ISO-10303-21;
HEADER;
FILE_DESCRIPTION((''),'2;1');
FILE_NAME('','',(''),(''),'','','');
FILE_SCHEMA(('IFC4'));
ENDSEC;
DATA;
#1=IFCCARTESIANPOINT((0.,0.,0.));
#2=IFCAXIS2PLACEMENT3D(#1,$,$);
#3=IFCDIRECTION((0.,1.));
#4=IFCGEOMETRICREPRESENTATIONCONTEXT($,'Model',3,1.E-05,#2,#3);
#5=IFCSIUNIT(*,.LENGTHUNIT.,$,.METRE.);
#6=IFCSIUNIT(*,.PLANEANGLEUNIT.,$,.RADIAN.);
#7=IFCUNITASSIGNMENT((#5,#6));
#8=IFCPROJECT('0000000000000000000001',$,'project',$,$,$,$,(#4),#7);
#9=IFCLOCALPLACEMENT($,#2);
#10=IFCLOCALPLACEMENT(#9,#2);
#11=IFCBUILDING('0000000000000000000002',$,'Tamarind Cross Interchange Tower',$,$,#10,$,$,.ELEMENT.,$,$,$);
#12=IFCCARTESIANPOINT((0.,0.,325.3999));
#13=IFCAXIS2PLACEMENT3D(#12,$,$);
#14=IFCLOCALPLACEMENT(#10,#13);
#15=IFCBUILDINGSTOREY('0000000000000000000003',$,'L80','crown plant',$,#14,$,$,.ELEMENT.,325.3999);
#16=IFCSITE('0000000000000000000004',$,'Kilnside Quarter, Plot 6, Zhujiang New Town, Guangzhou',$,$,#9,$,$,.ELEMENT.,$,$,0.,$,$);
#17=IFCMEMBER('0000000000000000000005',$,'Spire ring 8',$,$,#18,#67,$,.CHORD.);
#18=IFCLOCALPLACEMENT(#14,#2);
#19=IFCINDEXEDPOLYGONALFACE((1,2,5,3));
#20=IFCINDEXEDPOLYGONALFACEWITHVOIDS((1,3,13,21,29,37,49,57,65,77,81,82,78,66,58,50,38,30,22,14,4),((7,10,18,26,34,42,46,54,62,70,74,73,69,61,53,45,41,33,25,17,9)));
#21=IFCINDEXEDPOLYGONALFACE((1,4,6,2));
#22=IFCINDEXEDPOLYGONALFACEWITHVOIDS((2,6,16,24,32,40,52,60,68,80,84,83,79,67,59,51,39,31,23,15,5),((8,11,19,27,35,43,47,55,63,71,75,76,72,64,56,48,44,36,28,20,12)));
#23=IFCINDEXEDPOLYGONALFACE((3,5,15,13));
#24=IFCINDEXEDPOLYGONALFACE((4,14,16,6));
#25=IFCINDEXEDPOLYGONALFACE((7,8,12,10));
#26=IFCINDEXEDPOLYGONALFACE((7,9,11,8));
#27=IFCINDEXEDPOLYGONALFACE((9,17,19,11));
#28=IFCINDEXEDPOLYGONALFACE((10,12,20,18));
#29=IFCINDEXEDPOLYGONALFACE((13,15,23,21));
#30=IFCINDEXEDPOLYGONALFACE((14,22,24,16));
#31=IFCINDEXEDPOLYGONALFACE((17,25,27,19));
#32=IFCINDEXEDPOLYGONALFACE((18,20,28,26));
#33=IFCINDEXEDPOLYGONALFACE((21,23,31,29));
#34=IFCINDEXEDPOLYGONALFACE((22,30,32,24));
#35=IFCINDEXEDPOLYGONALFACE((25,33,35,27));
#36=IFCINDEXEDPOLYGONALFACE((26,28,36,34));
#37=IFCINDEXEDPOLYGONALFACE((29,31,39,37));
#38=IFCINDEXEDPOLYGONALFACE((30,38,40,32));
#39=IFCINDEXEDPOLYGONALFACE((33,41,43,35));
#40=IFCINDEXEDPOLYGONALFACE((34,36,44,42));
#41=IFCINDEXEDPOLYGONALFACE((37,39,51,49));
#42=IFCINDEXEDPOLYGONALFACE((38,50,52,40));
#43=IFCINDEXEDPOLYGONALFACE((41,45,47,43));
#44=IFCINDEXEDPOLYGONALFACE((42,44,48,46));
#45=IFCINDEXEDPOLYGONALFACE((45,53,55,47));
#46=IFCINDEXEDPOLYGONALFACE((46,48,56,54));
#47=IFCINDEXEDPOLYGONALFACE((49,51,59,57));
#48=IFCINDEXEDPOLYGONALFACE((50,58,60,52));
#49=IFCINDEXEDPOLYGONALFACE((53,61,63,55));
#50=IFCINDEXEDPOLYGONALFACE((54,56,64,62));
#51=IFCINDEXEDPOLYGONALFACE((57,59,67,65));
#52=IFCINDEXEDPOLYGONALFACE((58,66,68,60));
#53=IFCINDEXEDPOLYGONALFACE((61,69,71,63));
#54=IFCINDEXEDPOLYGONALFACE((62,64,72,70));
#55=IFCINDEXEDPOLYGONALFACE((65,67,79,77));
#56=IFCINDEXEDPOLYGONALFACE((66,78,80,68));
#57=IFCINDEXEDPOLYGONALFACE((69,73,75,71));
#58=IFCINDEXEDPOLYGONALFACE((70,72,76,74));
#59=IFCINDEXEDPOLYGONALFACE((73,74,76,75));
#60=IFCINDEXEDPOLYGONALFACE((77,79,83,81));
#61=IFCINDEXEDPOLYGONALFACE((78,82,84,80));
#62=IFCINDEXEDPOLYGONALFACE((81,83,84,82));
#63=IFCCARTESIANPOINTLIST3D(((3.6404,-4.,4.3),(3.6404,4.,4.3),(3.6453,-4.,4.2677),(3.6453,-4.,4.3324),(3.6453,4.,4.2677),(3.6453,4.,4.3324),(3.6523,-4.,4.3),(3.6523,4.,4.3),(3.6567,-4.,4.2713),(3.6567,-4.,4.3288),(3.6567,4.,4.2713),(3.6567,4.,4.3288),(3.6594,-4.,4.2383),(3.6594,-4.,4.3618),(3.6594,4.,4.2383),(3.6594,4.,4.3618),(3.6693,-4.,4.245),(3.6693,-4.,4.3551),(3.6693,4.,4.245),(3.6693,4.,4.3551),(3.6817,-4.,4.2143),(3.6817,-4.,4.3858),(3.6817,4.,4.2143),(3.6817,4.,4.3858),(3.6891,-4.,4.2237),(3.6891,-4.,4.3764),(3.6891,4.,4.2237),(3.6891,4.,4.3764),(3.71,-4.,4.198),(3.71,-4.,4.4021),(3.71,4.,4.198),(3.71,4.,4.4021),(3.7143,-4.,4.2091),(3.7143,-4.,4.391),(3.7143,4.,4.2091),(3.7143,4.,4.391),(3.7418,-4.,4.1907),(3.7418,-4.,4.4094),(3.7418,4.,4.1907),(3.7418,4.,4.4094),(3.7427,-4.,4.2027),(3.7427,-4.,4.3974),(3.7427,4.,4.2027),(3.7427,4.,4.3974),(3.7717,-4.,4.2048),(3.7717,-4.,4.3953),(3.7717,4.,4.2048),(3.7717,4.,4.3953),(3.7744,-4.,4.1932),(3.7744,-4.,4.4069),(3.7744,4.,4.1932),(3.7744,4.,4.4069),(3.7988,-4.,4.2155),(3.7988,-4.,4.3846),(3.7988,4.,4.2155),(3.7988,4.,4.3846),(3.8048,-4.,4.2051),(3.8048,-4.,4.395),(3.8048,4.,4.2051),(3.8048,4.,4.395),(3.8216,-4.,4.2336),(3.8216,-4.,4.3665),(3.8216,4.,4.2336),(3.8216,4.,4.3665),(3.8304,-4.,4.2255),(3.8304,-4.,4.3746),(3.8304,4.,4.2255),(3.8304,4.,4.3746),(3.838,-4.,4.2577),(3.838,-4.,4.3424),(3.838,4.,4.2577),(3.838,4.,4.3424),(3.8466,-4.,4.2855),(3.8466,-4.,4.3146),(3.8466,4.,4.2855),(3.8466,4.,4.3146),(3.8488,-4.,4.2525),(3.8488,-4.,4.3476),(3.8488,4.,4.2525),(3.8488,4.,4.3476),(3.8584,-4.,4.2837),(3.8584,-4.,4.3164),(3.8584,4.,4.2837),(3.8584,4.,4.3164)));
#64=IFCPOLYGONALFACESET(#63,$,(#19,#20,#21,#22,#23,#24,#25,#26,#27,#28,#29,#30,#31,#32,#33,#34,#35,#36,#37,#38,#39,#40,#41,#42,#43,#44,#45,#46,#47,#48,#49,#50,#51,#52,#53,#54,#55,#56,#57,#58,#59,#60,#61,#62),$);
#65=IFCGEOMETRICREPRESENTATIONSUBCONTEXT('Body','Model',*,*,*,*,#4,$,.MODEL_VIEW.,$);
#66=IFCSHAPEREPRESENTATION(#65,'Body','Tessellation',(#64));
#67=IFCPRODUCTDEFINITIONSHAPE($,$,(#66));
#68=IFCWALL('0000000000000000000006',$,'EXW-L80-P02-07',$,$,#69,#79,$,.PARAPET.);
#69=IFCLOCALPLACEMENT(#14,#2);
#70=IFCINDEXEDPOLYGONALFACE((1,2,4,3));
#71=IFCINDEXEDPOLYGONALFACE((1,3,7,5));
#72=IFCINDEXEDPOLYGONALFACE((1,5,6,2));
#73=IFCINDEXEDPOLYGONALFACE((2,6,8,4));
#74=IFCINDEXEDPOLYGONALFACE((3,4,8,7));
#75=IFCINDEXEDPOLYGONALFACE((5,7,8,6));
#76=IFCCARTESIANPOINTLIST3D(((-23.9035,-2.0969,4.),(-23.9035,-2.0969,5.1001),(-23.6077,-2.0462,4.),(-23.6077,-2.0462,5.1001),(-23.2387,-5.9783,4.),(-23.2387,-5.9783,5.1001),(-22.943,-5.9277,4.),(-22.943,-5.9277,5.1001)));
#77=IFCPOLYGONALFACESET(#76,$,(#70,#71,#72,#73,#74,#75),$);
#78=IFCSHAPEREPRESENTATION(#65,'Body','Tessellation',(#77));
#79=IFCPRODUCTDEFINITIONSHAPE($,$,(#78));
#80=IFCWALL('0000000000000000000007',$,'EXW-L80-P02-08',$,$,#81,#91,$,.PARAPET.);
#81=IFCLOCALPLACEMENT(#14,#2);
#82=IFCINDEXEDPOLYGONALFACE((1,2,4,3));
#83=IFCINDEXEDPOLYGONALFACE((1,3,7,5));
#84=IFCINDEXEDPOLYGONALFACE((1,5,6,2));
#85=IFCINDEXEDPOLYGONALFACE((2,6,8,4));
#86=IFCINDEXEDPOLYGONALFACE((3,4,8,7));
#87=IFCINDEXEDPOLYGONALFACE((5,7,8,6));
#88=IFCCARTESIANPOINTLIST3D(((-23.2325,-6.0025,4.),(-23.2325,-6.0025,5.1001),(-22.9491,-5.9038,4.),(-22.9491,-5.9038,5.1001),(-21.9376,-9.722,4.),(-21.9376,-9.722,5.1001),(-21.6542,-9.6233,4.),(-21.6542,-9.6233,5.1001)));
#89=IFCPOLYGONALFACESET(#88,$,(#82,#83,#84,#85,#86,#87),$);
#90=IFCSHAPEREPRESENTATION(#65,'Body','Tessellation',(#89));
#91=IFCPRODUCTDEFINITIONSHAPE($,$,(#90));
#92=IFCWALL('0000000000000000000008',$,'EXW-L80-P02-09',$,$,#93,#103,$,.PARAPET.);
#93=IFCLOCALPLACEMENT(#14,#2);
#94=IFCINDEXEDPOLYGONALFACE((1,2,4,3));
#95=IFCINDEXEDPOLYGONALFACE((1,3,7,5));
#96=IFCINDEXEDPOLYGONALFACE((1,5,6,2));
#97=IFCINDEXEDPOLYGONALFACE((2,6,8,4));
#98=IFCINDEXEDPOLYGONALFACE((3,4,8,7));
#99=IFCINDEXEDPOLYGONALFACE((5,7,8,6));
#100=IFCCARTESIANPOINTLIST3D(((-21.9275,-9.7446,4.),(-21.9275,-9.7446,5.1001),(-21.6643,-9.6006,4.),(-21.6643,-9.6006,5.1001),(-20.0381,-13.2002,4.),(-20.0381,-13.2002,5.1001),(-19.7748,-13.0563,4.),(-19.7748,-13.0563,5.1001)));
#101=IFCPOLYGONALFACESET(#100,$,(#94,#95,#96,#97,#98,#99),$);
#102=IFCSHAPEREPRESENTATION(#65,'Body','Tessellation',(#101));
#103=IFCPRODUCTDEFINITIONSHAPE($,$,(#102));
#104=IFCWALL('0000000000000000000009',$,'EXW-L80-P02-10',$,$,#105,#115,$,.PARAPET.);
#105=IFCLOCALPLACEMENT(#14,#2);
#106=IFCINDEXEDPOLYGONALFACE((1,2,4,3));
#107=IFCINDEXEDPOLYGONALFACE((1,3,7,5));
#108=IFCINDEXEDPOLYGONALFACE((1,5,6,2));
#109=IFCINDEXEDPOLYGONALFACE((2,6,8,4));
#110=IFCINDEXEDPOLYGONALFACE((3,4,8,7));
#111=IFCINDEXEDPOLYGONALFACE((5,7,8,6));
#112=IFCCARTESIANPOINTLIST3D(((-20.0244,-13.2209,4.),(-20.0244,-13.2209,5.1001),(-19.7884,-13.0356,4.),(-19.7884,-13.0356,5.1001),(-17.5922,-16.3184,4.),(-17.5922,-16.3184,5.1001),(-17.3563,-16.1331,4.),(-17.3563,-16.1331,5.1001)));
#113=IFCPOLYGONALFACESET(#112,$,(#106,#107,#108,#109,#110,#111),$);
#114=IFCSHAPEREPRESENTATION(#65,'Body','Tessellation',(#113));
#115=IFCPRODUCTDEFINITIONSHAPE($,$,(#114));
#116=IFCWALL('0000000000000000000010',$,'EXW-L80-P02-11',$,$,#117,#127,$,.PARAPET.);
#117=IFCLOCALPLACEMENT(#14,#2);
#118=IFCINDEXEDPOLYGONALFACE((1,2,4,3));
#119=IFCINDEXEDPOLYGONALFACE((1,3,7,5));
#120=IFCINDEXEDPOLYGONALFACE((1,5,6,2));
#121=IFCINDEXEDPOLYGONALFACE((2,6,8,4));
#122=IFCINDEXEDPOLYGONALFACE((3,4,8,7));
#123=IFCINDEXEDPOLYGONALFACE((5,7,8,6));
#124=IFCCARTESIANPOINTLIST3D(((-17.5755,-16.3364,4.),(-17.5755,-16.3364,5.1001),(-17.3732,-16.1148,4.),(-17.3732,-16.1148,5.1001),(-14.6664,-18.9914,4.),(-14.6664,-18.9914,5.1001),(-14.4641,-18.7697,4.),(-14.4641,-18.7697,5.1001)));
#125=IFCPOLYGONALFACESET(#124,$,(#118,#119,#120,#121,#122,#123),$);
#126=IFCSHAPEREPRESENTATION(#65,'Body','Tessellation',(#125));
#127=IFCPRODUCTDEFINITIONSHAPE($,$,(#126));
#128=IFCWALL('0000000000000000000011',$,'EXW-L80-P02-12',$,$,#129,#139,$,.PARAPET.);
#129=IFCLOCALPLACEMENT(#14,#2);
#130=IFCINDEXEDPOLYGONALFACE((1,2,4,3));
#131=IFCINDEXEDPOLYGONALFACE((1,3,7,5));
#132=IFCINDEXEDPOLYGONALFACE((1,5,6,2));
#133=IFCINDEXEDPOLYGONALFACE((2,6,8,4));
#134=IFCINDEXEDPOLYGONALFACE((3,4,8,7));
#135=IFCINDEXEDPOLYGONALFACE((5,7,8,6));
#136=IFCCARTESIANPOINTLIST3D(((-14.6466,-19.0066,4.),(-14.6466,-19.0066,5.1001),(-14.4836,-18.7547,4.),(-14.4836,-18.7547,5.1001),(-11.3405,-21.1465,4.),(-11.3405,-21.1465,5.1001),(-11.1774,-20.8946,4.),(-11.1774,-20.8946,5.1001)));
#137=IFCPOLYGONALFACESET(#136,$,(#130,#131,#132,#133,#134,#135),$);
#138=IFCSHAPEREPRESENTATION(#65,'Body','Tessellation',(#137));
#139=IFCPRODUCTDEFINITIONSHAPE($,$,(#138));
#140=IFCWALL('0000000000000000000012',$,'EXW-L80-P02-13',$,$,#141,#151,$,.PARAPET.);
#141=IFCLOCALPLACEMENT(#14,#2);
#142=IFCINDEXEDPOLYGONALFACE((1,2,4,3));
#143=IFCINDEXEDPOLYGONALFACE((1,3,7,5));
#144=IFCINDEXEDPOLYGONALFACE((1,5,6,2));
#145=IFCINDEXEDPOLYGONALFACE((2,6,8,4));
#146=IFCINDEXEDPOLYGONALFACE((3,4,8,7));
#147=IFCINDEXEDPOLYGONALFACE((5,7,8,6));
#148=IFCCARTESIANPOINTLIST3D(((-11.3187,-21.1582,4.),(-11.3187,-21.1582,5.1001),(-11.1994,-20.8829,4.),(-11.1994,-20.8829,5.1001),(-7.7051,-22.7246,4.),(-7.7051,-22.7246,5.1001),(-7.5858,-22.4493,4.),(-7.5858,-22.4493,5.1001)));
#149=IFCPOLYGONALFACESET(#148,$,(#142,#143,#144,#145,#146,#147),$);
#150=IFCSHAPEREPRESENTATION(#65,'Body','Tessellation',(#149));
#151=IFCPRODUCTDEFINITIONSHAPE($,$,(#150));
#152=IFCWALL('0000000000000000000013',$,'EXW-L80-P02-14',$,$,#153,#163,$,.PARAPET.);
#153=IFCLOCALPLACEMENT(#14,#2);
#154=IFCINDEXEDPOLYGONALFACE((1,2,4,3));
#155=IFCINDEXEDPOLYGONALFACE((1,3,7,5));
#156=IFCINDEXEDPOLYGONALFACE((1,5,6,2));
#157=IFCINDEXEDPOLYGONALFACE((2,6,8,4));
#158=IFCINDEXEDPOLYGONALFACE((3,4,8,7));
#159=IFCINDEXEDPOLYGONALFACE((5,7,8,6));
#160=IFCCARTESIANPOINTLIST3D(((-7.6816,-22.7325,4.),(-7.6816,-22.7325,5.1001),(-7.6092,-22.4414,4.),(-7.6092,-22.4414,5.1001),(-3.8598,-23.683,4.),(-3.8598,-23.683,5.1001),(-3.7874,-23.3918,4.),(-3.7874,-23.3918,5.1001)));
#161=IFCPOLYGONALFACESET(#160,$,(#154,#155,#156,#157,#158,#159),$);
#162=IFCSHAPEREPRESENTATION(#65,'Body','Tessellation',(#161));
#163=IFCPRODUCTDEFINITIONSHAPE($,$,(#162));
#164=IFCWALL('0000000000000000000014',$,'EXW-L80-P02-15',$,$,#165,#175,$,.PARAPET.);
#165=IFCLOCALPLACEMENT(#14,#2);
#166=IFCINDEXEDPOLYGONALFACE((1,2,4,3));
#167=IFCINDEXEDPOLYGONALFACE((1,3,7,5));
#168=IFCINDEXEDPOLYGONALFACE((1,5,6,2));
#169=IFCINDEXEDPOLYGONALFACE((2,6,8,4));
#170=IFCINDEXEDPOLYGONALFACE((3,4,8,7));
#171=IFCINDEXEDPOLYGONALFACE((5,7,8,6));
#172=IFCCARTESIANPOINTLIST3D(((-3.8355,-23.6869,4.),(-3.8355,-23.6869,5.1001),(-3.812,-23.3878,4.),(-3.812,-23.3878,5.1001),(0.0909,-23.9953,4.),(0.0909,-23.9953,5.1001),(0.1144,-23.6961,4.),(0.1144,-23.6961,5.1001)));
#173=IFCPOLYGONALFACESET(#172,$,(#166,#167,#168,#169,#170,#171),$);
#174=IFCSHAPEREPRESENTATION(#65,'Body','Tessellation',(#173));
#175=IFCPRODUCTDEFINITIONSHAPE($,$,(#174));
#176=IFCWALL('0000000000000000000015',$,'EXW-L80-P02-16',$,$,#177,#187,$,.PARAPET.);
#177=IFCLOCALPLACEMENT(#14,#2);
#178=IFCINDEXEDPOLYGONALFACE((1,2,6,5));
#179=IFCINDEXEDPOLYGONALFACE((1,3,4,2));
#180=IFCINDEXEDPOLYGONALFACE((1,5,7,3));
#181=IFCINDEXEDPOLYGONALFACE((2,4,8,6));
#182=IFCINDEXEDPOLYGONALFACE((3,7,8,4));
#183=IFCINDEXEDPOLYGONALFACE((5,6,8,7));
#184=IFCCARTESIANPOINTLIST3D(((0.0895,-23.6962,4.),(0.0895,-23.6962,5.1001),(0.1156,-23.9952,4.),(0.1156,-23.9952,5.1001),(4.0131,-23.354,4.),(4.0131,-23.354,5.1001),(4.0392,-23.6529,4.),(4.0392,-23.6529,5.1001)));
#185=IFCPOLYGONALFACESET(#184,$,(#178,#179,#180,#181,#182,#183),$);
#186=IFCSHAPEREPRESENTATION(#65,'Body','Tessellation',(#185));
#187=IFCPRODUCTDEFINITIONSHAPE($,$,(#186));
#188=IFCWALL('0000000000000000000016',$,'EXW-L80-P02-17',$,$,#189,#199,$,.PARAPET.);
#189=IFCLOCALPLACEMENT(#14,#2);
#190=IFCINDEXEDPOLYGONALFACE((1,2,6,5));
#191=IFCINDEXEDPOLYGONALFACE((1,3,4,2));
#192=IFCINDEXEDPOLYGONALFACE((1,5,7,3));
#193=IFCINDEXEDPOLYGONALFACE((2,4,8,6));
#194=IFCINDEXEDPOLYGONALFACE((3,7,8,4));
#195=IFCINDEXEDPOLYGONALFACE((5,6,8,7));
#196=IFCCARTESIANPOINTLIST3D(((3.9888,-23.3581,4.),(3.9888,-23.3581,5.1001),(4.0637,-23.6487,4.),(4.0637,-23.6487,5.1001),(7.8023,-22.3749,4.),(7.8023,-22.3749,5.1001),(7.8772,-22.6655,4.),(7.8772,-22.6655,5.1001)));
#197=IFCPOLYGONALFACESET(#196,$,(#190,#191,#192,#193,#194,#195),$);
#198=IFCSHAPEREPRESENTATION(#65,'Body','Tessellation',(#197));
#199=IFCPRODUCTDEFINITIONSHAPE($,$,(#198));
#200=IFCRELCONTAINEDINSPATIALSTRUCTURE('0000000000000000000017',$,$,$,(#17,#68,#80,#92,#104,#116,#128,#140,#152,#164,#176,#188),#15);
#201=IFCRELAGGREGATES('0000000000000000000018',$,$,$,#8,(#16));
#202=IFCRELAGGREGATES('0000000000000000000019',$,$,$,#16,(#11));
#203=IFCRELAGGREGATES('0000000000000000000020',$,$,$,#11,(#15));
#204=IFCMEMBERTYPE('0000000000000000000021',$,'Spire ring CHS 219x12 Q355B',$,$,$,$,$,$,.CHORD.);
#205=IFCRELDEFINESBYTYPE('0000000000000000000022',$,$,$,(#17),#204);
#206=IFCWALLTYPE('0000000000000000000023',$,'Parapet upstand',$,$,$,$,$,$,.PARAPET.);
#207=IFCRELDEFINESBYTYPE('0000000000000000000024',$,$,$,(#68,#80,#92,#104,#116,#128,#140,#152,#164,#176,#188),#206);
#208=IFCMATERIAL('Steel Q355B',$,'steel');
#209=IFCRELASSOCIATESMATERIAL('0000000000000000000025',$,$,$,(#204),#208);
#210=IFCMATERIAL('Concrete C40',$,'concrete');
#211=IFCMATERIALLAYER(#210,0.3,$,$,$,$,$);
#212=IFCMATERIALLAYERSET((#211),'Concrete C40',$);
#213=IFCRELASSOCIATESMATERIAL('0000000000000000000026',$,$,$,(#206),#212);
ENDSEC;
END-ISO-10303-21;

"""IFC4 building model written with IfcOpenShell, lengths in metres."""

from ifc_helpers import new_model, si_unit, direction, frame, frame_2d, origin, origin_2d, place, context, subcontext, project, spatial, rectangle, hollow_circle, extrude, material, layer, layer_set, material_profile, profile_set, type_object, element, save


model = new_model("IFC4")

# Units and contexts
model_context = context("Model", 3, precision=1e-05, world=origin(), true_north=direction((0.0, 1.0)))
body_context = subcontext(model_context, "Body", "Model", "MODEL_VIEW")
ifc_project = project(units=[si_unit("LENGTHUNIT", "METRE"), si_unit("PLANEANGLEUNIT", "RADIAN")], contexts=[model_context])

# Site, building, storey
site_placement = place(None, origin())
site = spatial("IfcSite", under=ifc_project, at=site_placement, Name="Kilnside Quarter, Plot 6, Zhujiang New Town, Guangzhou", CompositionType="ELEMENT", RefElevation=0.0)
building_placement = place(site_placement, origin())
building = spatial("IfcBuilding", under=site, at=building_placement, Name="Tamarind Cross Interchange Tower", CompositionType="ELEMENT")
storey_placement = place(building_placement, frame((0.0, 0.0, 325.3999)))
storey = spatial("IfcBuildingStorey", under=building, at=storey_placement, Name="L80", Description="crown plant", CompositionType="ELEMENT", Elevation=325.3999)

# Member
ifc_material_1 = material(Name="Steel Q355B", Category="steel")
ifc_material_profile_1 = material_profile(ifc_material_1, hollow_circle(Radius=0.1096, WallThickness=0.012, at=origin_2d()), Name="CHS 219x12")
ifc_profile_set_1 = profile_set([ifc_material_profile_1], Name="Steel Q355B")
member_type_1 = type_object("IfcMemberType", Name="Spire ring CHS 219x12 Q355B", PredefinedType="CHORD", material=ifc_profile_set_1)
member_1_placement = place(storey_placement, frame((3.75, -4.0, 4.3), z_axis=(0.0, 1.0, 0.0), x_axis=(-1.0, 0.0, 0.0)))
element("IfcMember", 1, at=member_1_placement, inside=storey, type_object=member_type_1, Name="Spire ring 8", PredefinedType="CHORD", context=body_context, shape_type="SweptSolid", body=[
    extrude(hollow_circle(Radius=0.1096, WallThickness=0.012, at=origin_2d()), origin(), (0.0, 0.0, 1.0), 8.0),
])

# Walls
ifc_material_2 = material(Name="Concrete C40", Category="concrete")
ifc_layer = layer(ifc_material_2, 0.3)
ifc_layer_set = layer_set([ifc_layer], Name="Concrete C40")
wall_type = type_object("IfcWallType", Name="Parapet upstand", PredefinedType="PARAPET", material=ifc_layer_set)
wall_1_placement = place(storey_placement, frame((-23.7556, -2.0715, 4.0), z_axis=(0.0, 0.0, 1.0), x_axis=(0.168811, -0.985648, 0.0)))
element("IfcWall", 2, at=wall_1_placement, inside=storey, type_object=wall_type, Name="EXW-L80-P02-07", PredefinedType="PARAPET", context=body_context, shape_type="SweptSolid", body=[
    extrude(rectangle(XDim=3.938, YDim=0.3, at=frame_2d((1.969, 0.0))), origin(), (0.0, 0.0, 1.0), 1.1001),
])
for number, where, z_axis, x_axis, name in (
    (3, (-23.0908, -5.9531, 4.0), (0.0, 0.0, 1.0), (0.32879, -0.944403, 0.0), "EXW-L80-P02-08"),
    (4, (-21.7959, -9.6726, 4.0), (0.0, 0.0, 1.0), (0.479742, -0.877409, 0.0), "EXW-L80-P02-09"),
):
    element("IfcWall", number, at=place(storey_placement, frame(where, z_axis=z_axis, x_axis=x_axis)), inside=storey, type_object=wall_type, Name=name, PredefinedType="PARAPET", context=body_context, shape_type="SweptSolid", body=[
        extrude(rectangle(XDim=3.9385, YDim=0.3, at=frame_2d((1.9692, 0.0))), origin(), (0.0, 0.0, 1.0), 1.1001),
    ])
wall_2_placement = place(storey_placement, frame((-19.9065, -13.1282, 4.0), z_axis=(0.0, 0.0, 1.0), x_axis=(0.617578, -0.78651, 0.0)))
element("IfcWall", 5, at=wall_2_placement, inside=storey, type_object=wall_type, Name="EXW-L80-P02-10", PredefinedType="PARAPET", context=body_context, shape_type="SweptSolid", body=[
    extrude(rectangle(XDim=3.9382, YDim=0.3, at=frame_2d((1.9692, 0.0))), origin(), (0.0, 0.0, 1.0), 1.1001),
])
wall_3_placement = place(storey_placement, frame((-17.4744, -16.2256, 4.0), z_axis=(0.0, 0.0, 1.0), x_axis=(0.738634, -0.674106, 0.0)))
element("IfcWall", 6, at=wall_3_placement, inside=storey, type_object=wall_type, Name="EXW-L80-P02-11", PredefinedType="PARAPET", context=body_context, shape_type="SweptSolid", body=[
    extrude(rectangle(XDim=3.9385, YDim=0.3, at=frame_2d((1.9692, 0.0))), origin(), (0.0, 0.0, 1.0), 1.1001),
])
wall_4_placement = place(storey_placement, frame((-14.5652, -18.8806, 4.0), z_axis=(0.0, 0.0, 1.0), x_axis=(0.839499, -0.543362, 0.0)))
element("IfcWall", 7, at=wall_4_placement, inside=storey, type_object=wall_type, Name="EXW-L80-P02-12", PredefinedType="PARAPET", context=body_context, shape_type="SweptSolid", body=[
    extrude(rectangle(XDim=3.9382, YDim=0.3, at=frame_2d((1.9692, 0.0))), origin(), (0.0, 0.0, 1.0), 1.1001),
])
wall_5_placement = place(storey_placement, frame((-11.259, -21.0205, 4.0), z_axis=(0.0, 0.0, 1.0), x_axis=(0.917505, -0.397724, 0.0)))
element("IfcWall", 8, at=wall_5_placement, inside=storey, type_object=wall_type, Name="EXW-L80-P02-13", PredefinedType="PARAPET", context=body_context, shape_type="SweptSolid", body=[
    extrude(rectangle(XDim=3.9385, YDim=0.3, at=frame_2d((1.9692, 0.0))), origin(), (0.0, 0.0, 1.0), 1.1001),
])
wall_6_placement = place(storey_placement, frame((-7.6455, -22.5869, 4.0), z_axis=(0.0, 0.0, 1.0), x_axis=(0.970441, -0.241339, 0.0)))
element("IfcWall", 9, at=wall_6_placement, inside=storey, type_object=wall_type, Name="EXW-L80-P02-14", PredefinedType="PARAPET", context=body_context, shape_type="SweptSolid", body=[
    extrude(rectangle(XDim=3.9382, YDim=0.3, at=frame_2d((1.9692, 0.0))), origin(), (0.0, 0.0, 1.0), 1.1001),
])
for number, where, z_axis, x_axis, name in (
    (10, (-3.8237, -23.5374, 4.0), (0.0, 0.0, 1.0), (0.99693, -0.078294, 0.0), "EXW-L80-P02-15"),
    (11, (0.1025, -23.8457, 4.0), (0.0, 0.0, 1.0), (0.996216, 0.086908, 0.0), "EXW-L80-P02-16"),
):
    element("IfcWall", number, at=place(storey_placement, frame(where, z_axis=z_axis, x_axis=x_axis)), inside=storey, type_object=wall_type, Name=name, PredefinedType="PARAPET", context=body_context, shape_type="SweptSolid", body=[
        extrude(rectangle(XDim=3.9385, YDim=0.3, at=frame_2d((1.9692, 0.0))), origin(), (0.0, 0.0, 1.0), 1.1001),
    ])
wall_7_placement = place(storey_placement, frame((4.0261, -23.5034, 4.0), z_axis=(0.0, 0.0, 1.0), x_axis=(0.968337, 0.249647, 0.0)))
element("IfcWall", 12, at=wall_7_placement, inside=storey, type_object=wall_type, Name="EXW-L80-P02-17", PredefinedType="PARAPET", context=body_context, shape_type="SweptSolid", body=[
    extrude(rectangle(XDim=3.9382, YDim=0.3, at=frame_2d((1.9692, 0.0))), origin(), (0.0, 0.0, 1.0), 1.1001),
])

save(model, "model.ifc")
